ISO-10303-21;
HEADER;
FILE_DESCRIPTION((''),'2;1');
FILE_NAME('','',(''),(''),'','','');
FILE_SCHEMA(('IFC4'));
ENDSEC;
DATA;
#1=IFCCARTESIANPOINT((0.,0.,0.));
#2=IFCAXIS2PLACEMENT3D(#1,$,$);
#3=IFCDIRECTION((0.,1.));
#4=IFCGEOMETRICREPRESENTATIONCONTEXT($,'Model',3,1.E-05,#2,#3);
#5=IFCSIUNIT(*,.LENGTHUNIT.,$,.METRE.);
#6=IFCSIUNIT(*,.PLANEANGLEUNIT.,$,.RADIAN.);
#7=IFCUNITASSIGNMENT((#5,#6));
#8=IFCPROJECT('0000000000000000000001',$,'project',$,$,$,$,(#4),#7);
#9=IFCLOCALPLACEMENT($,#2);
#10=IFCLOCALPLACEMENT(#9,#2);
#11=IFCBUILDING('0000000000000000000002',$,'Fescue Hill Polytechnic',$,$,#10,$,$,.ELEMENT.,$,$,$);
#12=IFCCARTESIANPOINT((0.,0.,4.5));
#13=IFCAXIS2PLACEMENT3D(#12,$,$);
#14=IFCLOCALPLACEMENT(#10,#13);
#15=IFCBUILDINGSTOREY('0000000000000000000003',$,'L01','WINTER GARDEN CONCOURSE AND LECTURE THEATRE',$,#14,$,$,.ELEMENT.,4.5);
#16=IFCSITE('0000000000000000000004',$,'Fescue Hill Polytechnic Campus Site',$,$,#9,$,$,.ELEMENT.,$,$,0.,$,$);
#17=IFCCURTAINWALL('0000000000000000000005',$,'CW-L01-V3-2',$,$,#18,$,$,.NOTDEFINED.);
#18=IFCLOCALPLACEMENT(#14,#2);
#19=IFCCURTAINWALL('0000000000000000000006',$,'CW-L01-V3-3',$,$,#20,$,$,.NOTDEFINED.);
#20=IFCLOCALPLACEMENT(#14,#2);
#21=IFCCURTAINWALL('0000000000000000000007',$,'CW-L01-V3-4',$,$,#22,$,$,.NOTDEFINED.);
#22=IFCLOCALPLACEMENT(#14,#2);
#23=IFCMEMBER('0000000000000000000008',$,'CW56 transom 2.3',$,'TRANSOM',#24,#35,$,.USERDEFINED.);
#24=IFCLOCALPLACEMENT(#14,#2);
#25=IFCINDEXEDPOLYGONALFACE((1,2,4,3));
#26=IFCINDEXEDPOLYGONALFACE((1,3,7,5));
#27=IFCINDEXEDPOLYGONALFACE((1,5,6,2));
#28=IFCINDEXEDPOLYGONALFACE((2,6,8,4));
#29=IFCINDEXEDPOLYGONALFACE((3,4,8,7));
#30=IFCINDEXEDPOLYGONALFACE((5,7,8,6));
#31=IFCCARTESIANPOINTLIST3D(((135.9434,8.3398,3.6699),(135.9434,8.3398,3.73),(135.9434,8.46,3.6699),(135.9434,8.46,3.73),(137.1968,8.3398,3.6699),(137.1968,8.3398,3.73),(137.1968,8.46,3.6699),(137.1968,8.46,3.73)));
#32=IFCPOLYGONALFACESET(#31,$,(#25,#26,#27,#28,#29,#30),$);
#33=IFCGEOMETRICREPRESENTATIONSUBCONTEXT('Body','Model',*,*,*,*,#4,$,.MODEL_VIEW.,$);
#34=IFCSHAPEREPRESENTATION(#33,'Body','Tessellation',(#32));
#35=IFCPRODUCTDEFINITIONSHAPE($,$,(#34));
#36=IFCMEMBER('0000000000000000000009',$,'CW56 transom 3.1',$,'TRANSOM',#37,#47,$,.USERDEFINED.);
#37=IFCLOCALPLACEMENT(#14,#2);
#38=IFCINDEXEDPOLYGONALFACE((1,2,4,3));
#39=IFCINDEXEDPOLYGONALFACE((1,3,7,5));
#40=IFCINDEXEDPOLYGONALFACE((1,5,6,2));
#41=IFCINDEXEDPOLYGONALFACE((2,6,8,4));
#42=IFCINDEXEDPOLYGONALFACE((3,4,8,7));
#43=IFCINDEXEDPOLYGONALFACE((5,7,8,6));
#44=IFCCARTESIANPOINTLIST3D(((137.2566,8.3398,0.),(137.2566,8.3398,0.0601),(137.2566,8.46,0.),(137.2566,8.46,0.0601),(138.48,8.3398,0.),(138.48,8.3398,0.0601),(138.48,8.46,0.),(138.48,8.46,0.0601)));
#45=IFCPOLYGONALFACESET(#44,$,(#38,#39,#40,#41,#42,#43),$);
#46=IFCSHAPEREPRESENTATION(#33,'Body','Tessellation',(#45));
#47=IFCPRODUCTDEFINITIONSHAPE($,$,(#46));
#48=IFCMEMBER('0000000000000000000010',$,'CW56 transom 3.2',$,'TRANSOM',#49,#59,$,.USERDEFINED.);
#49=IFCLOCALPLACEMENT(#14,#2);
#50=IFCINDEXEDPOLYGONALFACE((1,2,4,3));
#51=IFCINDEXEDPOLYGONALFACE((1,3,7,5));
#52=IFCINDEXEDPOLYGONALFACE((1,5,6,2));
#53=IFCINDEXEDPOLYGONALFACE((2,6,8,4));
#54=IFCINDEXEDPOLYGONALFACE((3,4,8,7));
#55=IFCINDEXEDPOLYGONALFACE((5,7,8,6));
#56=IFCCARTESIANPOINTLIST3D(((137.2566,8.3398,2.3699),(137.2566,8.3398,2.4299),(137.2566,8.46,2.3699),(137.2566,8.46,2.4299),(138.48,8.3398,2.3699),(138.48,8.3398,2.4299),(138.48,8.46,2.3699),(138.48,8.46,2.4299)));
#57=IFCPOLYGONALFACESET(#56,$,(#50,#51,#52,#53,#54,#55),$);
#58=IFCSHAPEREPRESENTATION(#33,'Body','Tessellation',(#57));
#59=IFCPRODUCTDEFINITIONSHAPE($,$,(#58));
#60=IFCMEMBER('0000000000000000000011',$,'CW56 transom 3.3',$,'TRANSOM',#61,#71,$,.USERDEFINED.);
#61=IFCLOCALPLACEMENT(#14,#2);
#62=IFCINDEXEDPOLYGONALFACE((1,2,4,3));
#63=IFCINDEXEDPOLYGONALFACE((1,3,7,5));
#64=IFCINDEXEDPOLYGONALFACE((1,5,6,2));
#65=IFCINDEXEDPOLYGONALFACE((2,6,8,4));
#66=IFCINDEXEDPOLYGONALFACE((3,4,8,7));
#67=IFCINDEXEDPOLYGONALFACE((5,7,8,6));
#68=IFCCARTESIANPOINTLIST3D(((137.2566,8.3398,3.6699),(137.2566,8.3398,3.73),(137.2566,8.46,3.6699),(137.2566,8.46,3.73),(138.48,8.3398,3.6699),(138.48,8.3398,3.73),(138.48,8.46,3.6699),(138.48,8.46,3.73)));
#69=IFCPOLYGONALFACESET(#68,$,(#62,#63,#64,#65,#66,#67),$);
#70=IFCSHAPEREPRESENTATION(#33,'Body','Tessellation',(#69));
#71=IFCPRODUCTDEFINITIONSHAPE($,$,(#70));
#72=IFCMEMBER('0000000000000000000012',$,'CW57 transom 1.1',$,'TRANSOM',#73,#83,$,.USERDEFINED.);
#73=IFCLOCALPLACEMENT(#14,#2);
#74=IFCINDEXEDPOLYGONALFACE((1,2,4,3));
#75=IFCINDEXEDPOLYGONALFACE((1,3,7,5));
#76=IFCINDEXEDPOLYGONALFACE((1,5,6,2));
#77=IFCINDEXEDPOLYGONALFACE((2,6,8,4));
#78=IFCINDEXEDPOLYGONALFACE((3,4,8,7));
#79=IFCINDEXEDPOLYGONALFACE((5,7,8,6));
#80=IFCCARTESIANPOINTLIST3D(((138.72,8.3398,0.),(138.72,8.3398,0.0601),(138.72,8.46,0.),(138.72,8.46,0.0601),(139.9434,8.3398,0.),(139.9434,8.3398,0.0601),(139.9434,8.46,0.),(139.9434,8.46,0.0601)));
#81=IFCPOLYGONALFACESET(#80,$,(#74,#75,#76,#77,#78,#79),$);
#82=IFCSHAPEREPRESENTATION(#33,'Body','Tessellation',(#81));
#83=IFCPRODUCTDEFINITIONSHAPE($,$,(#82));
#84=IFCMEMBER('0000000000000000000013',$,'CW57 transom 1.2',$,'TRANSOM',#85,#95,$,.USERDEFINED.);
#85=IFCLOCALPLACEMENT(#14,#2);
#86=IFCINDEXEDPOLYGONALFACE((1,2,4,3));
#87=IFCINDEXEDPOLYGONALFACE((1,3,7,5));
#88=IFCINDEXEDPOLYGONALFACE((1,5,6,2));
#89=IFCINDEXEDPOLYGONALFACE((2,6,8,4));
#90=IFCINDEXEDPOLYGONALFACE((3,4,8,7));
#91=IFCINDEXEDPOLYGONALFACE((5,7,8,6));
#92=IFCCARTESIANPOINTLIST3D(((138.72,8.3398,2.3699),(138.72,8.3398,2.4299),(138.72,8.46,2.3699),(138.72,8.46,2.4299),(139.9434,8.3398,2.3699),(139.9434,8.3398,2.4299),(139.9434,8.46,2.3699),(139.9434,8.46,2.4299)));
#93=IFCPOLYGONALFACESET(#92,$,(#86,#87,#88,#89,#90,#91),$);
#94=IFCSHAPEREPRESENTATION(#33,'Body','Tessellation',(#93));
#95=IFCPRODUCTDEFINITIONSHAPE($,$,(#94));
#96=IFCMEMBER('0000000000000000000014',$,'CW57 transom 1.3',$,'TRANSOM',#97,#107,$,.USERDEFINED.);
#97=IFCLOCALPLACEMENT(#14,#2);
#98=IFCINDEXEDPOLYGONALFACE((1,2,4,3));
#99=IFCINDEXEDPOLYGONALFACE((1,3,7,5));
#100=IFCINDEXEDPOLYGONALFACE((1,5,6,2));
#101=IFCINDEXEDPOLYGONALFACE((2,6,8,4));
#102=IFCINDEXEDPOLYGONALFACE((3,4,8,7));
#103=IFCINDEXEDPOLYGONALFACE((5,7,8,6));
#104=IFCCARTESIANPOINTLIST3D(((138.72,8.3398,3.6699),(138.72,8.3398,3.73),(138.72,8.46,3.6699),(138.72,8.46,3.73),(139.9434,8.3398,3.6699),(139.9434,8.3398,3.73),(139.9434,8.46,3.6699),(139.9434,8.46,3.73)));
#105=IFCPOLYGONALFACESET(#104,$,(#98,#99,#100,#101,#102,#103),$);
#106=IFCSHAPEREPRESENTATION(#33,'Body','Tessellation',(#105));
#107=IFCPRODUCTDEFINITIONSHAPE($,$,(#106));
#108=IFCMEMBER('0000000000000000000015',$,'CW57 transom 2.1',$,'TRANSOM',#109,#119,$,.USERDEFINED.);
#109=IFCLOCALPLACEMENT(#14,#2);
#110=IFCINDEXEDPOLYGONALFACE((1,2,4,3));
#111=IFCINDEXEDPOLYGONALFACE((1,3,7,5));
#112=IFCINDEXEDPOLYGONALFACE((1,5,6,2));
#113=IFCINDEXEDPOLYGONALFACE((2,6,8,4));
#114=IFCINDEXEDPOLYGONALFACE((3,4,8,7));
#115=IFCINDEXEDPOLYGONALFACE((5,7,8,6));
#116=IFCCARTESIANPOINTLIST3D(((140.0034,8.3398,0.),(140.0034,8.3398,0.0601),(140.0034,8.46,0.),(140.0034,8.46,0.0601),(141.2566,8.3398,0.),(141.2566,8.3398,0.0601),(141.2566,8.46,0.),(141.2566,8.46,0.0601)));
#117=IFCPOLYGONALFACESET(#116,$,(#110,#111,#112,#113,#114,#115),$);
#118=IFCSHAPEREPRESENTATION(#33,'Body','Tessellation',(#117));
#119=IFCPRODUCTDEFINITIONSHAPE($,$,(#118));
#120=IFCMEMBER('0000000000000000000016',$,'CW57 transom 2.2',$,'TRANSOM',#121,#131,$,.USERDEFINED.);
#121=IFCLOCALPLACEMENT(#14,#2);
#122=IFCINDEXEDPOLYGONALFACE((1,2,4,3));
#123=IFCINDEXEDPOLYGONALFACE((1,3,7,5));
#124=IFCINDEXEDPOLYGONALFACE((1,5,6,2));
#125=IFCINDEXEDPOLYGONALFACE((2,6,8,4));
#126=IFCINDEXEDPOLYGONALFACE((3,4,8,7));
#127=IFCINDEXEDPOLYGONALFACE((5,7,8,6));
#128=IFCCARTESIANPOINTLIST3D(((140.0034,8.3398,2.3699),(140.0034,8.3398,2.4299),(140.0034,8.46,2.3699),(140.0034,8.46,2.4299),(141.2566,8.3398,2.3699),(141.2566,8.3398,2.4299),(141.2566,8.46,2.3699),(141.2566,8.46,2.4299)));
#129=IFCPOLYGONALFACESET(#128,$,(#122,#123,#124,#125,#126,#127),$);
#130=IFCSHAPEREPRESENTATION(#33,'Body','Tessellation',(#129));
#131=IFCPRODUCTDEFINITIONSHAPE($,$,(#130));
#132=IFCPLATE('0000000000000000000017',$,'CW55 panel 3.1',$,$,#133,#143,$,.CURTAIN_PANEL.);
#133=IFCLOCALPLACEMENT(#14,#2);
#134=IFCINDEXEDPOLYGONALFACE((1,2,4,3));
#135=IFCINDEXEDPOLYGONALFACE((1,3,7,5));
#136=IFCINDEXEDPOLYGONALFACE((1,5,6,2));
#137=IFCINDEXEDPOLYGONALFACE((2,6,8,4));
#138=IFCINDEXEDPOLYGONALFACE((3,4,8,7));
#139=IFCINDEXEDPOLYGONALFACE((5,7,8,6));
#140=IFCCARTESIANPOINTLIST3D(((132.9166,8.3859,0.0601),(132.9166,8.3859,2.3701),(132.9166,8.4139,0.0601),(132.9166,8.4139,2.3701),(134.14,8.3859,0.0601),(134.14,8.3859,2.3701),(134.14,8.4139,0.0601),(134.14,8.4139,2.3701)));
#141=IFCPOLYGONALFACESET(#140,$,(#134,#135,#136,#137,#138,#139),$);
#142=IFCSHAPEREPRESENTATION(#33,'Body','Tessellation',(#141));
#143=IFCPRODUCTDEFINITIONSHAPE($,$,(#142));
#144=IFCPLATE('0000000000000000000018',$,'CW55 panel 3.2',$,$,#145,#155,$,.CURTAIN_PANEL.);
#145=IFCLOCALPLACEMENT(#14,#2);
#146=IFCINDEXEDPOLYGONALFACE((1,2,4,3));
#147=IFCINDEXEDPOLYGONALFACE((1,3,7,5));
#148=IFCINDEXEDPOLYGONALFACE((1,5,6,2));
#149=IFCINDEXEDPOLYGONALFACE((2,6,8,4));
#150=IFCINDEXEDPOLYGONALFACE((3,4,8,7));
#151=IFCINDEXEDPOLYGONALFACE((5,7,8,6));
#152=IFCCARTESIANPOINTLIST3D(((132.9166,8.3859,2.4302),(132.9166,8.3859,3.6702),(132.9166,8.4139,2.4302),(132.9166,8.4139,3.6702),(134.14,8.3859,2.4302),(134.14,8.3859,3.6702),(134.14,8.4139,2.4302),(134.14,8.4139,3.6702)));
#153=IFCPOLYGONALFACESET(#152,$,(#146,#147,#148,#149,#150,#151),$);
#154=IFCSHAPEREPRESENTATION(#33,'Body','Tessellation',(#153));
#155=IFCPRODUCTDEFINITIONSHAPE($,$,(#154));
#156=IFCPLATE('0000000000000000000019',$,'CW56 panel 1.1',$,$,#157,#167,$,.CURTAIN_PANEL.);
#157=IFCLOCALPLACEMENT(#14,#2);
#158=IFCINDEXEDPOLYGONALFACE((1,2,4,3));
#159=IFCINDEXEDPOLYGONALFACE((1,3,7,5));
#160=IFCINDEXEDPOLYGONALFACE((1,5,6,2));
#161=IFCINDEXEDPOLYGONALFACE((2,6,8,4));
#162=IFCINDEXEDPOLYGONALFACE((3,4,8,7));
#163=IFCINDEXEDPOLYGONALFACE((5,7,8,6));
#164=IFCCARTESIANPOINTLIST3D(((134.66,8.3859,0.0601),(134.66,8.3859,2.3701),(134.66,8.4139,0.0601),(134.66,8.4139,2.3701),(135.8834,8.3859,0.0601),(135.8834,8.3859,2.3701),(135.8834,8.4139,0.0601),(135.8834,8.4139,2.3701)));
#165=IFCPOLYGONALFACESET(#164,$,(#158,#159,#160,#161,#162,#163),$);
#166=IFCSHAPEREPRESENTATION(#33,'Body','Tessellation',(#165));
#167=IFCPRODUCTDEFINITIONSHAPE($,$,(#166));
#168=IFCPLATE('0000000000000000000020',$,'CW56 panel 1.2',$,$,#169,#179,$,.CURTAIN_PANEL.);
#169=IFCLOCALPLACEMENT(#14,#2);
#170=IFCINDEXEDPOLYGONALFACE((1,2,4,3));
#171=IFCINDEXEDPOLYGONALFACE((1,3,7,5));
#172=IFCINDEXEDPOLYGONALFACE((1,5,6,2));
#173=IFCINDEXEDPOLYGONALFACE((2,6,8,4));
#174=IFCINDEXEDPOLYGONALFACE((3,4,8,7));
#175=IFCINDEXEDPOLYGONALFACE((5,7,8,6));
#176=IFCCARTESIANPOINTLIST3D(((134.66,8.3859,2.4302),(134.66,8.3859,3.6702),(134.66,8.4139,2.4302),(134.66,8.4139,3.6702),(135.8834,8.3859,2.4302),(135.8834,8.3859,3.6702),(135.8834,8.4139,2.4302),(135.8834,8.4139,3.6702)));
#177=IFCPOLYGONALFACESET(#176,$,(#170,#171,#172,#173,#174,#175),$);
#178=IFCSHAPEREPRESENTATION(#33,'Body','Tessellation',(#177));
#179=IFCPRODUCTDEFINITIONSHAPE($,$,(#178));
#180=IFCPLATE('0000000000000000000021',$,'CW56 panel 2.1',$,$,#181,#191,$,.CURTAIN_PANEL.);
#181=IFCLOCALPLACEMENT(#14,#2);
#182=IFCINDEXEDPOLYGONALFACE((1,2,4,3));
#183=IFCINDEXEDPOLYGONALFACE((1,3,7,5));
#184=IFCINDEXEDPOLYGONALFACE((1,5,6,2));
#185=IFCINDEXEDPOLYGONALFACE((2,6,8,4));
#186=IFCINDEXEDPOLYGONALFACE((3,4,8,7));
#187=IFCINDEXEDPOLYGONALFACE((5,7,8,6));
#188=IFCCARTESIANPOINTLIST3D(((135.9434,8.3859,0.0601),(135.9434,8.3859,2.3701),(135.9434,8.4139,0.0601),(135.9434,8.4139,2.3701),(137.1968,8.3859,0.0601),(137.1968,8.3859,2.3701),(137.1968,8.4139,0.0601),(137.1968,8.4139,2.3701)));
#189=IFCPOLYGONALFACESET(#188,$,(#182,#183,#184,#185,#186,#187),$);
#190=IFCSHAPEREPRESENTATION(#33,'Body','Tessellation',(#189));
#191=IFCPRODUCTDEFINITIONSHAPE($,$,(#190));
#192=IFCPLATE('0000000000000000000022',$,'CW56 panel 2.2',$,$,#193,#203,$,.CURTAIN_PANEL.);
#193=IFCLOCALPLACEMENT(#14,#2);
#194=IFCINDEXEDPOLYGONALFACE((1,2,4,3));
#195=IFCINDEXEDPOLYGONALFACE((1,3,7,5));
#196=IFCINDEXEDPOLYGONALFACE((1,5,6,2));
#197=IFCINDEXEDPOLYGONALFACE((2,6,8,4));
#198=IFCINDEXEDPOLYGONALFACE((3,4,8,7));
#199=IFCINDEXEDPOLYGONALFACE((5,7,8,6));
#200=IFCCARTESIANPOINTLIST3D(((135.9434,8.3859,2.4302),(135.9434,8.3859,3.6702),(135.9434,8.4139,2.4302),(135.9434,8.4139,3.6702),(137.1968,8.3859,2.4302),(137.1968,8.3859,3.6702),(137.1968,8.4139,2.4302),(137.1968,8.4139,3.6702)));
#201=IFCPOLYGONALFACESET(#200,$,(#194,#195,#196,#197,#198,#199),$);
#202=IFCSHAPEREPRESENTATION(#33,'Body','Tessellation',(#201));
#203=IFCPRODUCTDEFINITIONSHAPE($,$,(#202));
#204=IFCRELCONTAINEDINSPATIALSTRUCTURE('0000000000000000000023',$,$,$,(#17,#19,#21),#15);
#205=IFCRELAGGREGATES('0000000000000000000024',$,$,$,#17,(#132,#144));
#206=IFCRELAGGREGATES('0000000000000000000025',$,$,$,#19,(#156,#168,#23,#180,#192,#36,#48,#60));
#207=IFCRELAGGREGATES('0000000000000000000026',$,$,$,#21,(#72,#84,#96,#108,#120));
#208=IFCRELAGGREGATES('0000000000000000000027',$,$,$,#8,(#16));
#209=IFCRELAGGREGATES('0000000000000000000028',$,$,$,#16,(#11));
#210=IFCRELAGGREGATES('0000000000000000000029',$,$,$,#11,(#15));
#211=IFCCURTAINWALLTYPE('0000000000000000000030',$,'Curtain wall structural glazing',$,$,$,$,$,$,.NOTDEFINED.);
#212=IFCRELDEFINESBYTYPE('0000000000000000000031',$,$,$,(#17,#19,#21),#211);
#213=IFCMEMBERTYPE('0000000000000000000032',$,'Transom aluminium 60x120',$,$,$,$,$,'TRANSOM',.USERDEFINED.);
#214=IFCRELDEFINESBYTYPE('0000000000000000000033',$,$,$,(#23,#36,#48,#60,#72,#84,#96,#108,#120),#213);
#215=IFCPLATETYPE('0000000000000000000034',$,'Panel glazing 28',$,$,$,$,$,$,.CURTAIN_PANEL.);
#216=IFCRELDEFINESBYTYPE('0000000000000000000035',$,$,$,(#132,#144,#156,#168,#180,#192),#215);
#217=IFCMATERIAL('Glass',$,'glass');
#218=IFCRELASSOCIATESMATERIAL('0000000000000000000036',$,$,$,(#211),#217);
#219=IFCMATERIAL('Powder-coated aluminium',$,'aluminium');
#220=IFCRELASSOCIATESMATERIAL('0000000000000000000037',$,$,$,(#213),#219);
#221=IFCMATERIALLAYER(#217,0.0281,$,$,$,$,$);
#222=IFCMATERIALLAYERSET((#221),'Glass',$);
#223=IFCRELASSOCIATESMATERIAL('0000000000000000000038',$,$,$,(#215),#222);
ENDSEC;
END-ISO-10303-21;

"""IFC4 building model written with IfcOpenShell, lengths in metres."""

from ifc_helpers import new_model, si_unit, direction, frame, origin, origin_2d, place, context, subcontext, project, spatial, rectangle, extrude, material, layer, layer_set, material_profile, profile_set, type_object, element, aggregate, save


model = new_model("IFC4")

# Units and contexts
model_context = context("Model", 3, precision=1e-05, world=origin(), true_north=direction((0.0, 1.0)))
body_context = subcontext(model_context, "Body", "Model", "MODEL_VIEW")
ifc_project = project(units=[si_unit("LENGTHUNIT", "METRE"), si_unit("PLANEANGLEUNIT", "RADIAN")], contexts=[model_context])

# Site, building, storey
site_placement = place(None, origin())
site = spatial("IfcSite", under=ifc_project, at=site_placement, Name="Fescue Hill Polytechnic Campus Site", CompositionType="ELEMENT", RefElevation=0.0)
building_placement = place(site_placement, origin())
building = spatial("IfcBuilding", under=site, at=building_placement, Name="Fescue Hill Polytechnic", CompositionType="ELEMENT")
storey_placement = place(building_placement, frame((0.0, 0.0, 4.5)))
storey = spatial("IfcBuildingStorey", under=building, at=storey_placement, Name="L01", Description="WINTER GARDEN CONCOURSE AND LECTURE THEATRE", CompositionType="ELEMENT", Elevation=4.5)

# Curtain wall
ifc_material_1 = material(Name="Glass", Category="glass")
curtain_wall_type = type_object("IfcCurtainWallType", Name="Curtain wall structural glazing", PredefinedType="NOTDEFINED", material=ifc_material_1)
curtain_wall_1_placement = place(storey_placement, origin())
curtain_wall_1 = element("IfcCurtainWall", 1, at=curtain_wall_1_placement, inside=storey, type_object=curtain_wall_type, Name="CW-L01-V3-2", PredefinedType="NOTDEFINED")
ifc_material_2 = material(Name="Powder-coated aluminium", Category="aluminium")

# Curtain walls
curtain_wall_2_placement = place(storey_placement, origin())
curtain_wall_2 = element("IfcCurtainWall", 2, at=curtain_wall_2_placement, inside=storey, type_object=curtain_wall_type, Name="CW-L01-V3-3", PredefinedType="NOTDEFINED")
curtain_wall_3_placement = place(storey_placement, origin())
curtain_wall_3 = element("IfcCurtainWall", 3, at=curtain_wall_3_placement, inside=storey, type_object=curtain_wall_type, Name="CW-L01-V3-4", PredefinedType="NOTDEFINED")

# Members
ifc_material_profile_1 = material_profile(ifc_material_2, rectangle(XDim=0.1201, YDim=0.0601, at=origin_2d()), Name="Transom aluminium 60x120")
ifc_profile_set_1 = profile_set([ifc_material_profile_1], Name="Powder-coated aluminium")
member_type_1 = type_object("IfcMemberType", Name="Transom aluminium 60x120", ElementType="TRANSOM", PredefinedType="USERDEFINED", material=ifc_profile_set_1)
member_1_placement = place(storey_placement, frame((135.9434, 8.3999, 3.7), z_axis=(1.0, 0.0, 0.0), x_axis=(0.0, 1.0, 0.0)))
member_1 = element("IfcMember", 4, at=member_1_placement, type_object=member_type_1, Name="CW56 transom 2.3", ObjectType="TRANSOM", PredefinedType="USERDEFINED", context=body_context, shape_type="SweptSolid", body=[
    extrude(rectangle(XDim=0.1201, YDim=0.0601, at=origin_2d()), origin(), (0.0, 0.0, 1.0), 1.2534),
])
member_2_placement = place(storey_placement, frame((137.2566, 8.3999, 0.03), z_axis=(1.0, 0.0, 0.0), x_axis=(0.0, 1.0, 0.0)))
member_2 = element("IfcMember", 5, at=member_2_placement, type_object=member_type_1, Name="CW56 transom 3.1", ObjectType="TRANSOM", PredefinedType="USERDEFINED", context=body_context, shape_type="SweptSolid", body=[
    extrude(rectangle(XDim=0.1201, YDim=0.0601, at=origin_2d()), origin(), (0.0, 0.0, 1.0), 1.2234),
])
member_3_placement = place(storey_placement, frame((137.2566, 8.3999, 2.3999), z_axis=(1.0, 0.0, 0.0), x_axis=(0.0, 1.0, 0.0)))
member_3 = element("IfcMember", 6, at=member_3_placement, type_object=member_type_1, Name="CW56 transom 3.2", ObjectType="TRANSOM", PredefinedType="USERDEFINED", context=body_context, shape_type="SweptSolid", body=[
    extrude(rectangle(XDim=0.1201, YDim=0.0601, at=origin_2d()), origin(), (0.0, 0.0, 1.0), 1.2234),
])
member_4_placement = place(storey_placement, frame((137.2566, 8.3999, 3.7), z_axis=(1.0, 0.0, 0.0), x_axis=(0.0, 1.0, 0.0)))
member_4 = element("IfcMember", 7, at=member_4_placement, type_object=member_type_1, Name="CW56 transom 3.3", ObjectType="TRANSOM", PredefinedType="USERDEFINED", context=body_context, shape_type="SweptSolid", body=[
    extrude(rectangle(XDim=0.1201, YDim=0.0601, at=origin_2d()), origin(), (0.0, 0.0, 1.0), 1.2234),
])
member_5_placement = place(storey_placement, frame((138.72, 8.3999, 0.03), z_axis=(1.0, 0.0, 0.0), x_axis=(0.0, 1.0, 0.0)))
member_5 = element("IfcMember", 8, at=member_5_placement, type_object=member_type_1, Name="CW57 transom 1.1", ObjectType="TRANSOM", PredefinedType="USERDEFINED", context=body_context, shape_type="SweptSolid", body=[
    extrude(rectangle(XDim=0.1201, YDim=0.0601, at=origin_2d()), origin(), (0.0, 0.0, 1.0), 1.2234),
])
member_6_placement = place(storey_placement, frame((138.72, 8.3999, 2.3999), z_axis=(1.0, 0.0, 0.0), x_axis=(0.0, 1.0, 0.0)))
member_6 = element("IfcMember", 9, at=member_6_placement, type_object=member_type_1, Name="CW57 transom 1.2", ObjectType="TRANSOM", PredefinedType="USERDEFINED", context=body_context, shape_type="SweptSolid", body=[
    extrude(rectangle(XDim=0.1201, YDim=0.0601, at=origin_2d()), origin(), (0.0, 0.0, 1.0), 1.2234),
])
member_7_placement = place(storey_placement, frame((138.72, 8.3999, 3.7), z_axis=(1.0, 0.0, 0.0), x_axis=(0.0, 1.0, 0.0)))
member_7 = element("IfcMember", 10, at=member_7_placement, type_object=member_type_1, Name="CW57 transom 1.3", ObjectType="TRANSOM", PredefinedType="USERDEFINED", context=body_context, shape_type="SweptSolid", body=[
    extrude(rectangle(XDim=0.1201, YDim=0.0601, at=origin_2d()), origin(), (0.0, 0.0, 1.0), 1.2234),
])
member_8_placement = place(storey_placement, frame((140.0034, 8.3999, 0.03), z_axis=(1.0, 0.0, 0.0), x_axis=(0.0, 1.0, 0.0)))
member_8 = element("IfcMember", 11, at=member_8_placement, type_object=member_type_1, Name="CW57 transom 2.1", ObjectType="TRANSOM", PredefinedType="USERDEFINED", context=body_context, shape_type="SweptSolid", body=[
    extrude(rectangle(XDim=0.1201, YDim=0.0601, at=origin_2d()), origin(), (0.0, 0.0, 1.0), 1.2532),
])
member_9_placement = place(storey_placement, frame((140.0034, 8.3999, 2.3999), z_axis=(1.0, 0.0, 0.0), x_axis=(0.0, 1.0, 0.0)))
member_9 = element("IfcMember", 12, at=member_9_placement, type_object=member_type_1, Name="CW57 transom 2.2", ObjectType="TRANSOM", PredefinedType="USERDEFINED", context=body_context, shape_type="SweptSolid", body=[
    extrude(rectangle(XDim=0.1201, YDim=0.0601, at=origin_2d()), origin(), (0.0, 0.0, 1.0), 1.2532),
])

# Plates
ifc_layer_1 = layer(ifc_material_1, 0.0281)
ifc_layer_set_1 = layer_set([ifc_layer_1], Name="Glass")
plate_type = type_object("IfcPlateType", Name="Panel glazing 28", PredefinedType="CURTAIN_PANEL", material=ifc_layer_set_1)
plate_1_placement = place(storey_placement, frame((133.5283, 8.3999, 0.0601), z_axis=(0.0, 0.0, 1.0), x_axis=(1.0, 0.0, 0.0)))
plate_1 = element("IfcPlate", 13, at=plate_1_placement, type_object=plate_type, Name="CW55 panel 3.1", PredefinedType="CURTAIN_PANEL", context=body_context, shape_type="SweptSolid", body=[
    extrude(rectangle(XDim=1.2234, YDim=0.0281, at=origin_2d()), origin(), (0.0, 0.0, 1.0), 2.3101),
])
plate_2_placement = place(storey_placement, frame((133.5283, 8.3999, 2.4302), z_axis=(0.0, 0.0, 1.0), x_axis=(1.0, 0.0, 0.0)))
plate_2 = element("IfcPlate", 14, at=plate_2_placement, type_object=plate_type, Name="CW55 panel 3.2", PredefinedType="CURTAIN_PANEL", context=body_context, shape_type="SweptSolid", body=[
    extrude(rectangle(XDim=1.2234, YDim=0.0281, at=origin_2d()), origin(), (0.0, 0.0, 1.0), 1.24),
])
aggregate(curtain_wall_1, [plate_1, plate_2])
plate_3_placement = place(storey_placement, frame((135.2717, 8.3999, 0.0601), z_axis=(0.0, 0.0, 1.0), x_axis=(1.0, 0.0, 0.0)))
plate_3 = element("IfcPlate", 15, at=plate_3_placement, type_object=plate_type, Name="CW56 panel 1.1", PredefinedType="CURTAIN_PANEL", context=body_context, shape_type="SweptSolid", body=[
    extrude(rectangle(XDim=1.2234, YDim=0.0281, at=origin_2d()), origin(), (0.0, 0.0, 1.0), 2.3101),
])
plate_4_placement = place(storey_placement, frame((135.2717, 8.3999, 2.4302), z_axis=(0.0, 0.0, 1.0), x_axis=(1.0, 0.0, 0.0)))
plate_4 = element("IfcPlate", 16, at=plate_4_placement, type_object=plate_type, Name="CW56 panel 1.2", PredefinedType="CURTAIN_PANEL", context=body_context, shape_type="SweptSolid", body=[
    extrude(rectangle(XDim=1.2234, YDim=0.0281, at=origin_2d()), origin(), (0.0, 0.0, 1.0), 1.24),
])
plate_5_placement = place(storey_placement, frame((136.5701, 8.3999, 0.0601), z_axis=(0.0, 0.0, 1.0), x_axis=(1.0, 0.0, 0.0)))
plate_5 = element("IfcPlate", 17, at=plate_5_placement, type_object=plate_type, Name="CW56 panel 2.1", PredefinedType="CURTAIN_PANEL", context=body_context, shape_type="SweptSolid", body=[
    extrude(rectangle(XDim=1.2534, YDim=0.0281, at=origin_2d()), origin(), (0.0, 0.0, 1.0), 2.3101),
])
plate_6_placement = place(storey_placement, frame((136.5701, 8.3999, 2.4302), z_axis=(0.0, 0.0, 1.0), x_axis=(1.0, 0.0, 0.0)))
plate_6 = element("IfcPlate", 18, at=plate_6_placement, type_object=plate_type, Name="CW56 panel 2.2", PredefinedType="CURTAIN_PANEL", context=body_context, shape_type="SweptSolid", body=[
    extrude(rectangle(XDim=1.2534, YDim=0.0281, at=origin_2d()), origin(), (0.0, 0.0, 1.0), 1.24),
])
aggregate(curtain_wall_2, [plate_3, plate_4, member_1, plate_5, plate_6, member_2, member_3, member_4])
aggregate(curtain_wall_3, [member_5, member_6, member_7, member_8, member_9])

save(model, "model.ifc")
